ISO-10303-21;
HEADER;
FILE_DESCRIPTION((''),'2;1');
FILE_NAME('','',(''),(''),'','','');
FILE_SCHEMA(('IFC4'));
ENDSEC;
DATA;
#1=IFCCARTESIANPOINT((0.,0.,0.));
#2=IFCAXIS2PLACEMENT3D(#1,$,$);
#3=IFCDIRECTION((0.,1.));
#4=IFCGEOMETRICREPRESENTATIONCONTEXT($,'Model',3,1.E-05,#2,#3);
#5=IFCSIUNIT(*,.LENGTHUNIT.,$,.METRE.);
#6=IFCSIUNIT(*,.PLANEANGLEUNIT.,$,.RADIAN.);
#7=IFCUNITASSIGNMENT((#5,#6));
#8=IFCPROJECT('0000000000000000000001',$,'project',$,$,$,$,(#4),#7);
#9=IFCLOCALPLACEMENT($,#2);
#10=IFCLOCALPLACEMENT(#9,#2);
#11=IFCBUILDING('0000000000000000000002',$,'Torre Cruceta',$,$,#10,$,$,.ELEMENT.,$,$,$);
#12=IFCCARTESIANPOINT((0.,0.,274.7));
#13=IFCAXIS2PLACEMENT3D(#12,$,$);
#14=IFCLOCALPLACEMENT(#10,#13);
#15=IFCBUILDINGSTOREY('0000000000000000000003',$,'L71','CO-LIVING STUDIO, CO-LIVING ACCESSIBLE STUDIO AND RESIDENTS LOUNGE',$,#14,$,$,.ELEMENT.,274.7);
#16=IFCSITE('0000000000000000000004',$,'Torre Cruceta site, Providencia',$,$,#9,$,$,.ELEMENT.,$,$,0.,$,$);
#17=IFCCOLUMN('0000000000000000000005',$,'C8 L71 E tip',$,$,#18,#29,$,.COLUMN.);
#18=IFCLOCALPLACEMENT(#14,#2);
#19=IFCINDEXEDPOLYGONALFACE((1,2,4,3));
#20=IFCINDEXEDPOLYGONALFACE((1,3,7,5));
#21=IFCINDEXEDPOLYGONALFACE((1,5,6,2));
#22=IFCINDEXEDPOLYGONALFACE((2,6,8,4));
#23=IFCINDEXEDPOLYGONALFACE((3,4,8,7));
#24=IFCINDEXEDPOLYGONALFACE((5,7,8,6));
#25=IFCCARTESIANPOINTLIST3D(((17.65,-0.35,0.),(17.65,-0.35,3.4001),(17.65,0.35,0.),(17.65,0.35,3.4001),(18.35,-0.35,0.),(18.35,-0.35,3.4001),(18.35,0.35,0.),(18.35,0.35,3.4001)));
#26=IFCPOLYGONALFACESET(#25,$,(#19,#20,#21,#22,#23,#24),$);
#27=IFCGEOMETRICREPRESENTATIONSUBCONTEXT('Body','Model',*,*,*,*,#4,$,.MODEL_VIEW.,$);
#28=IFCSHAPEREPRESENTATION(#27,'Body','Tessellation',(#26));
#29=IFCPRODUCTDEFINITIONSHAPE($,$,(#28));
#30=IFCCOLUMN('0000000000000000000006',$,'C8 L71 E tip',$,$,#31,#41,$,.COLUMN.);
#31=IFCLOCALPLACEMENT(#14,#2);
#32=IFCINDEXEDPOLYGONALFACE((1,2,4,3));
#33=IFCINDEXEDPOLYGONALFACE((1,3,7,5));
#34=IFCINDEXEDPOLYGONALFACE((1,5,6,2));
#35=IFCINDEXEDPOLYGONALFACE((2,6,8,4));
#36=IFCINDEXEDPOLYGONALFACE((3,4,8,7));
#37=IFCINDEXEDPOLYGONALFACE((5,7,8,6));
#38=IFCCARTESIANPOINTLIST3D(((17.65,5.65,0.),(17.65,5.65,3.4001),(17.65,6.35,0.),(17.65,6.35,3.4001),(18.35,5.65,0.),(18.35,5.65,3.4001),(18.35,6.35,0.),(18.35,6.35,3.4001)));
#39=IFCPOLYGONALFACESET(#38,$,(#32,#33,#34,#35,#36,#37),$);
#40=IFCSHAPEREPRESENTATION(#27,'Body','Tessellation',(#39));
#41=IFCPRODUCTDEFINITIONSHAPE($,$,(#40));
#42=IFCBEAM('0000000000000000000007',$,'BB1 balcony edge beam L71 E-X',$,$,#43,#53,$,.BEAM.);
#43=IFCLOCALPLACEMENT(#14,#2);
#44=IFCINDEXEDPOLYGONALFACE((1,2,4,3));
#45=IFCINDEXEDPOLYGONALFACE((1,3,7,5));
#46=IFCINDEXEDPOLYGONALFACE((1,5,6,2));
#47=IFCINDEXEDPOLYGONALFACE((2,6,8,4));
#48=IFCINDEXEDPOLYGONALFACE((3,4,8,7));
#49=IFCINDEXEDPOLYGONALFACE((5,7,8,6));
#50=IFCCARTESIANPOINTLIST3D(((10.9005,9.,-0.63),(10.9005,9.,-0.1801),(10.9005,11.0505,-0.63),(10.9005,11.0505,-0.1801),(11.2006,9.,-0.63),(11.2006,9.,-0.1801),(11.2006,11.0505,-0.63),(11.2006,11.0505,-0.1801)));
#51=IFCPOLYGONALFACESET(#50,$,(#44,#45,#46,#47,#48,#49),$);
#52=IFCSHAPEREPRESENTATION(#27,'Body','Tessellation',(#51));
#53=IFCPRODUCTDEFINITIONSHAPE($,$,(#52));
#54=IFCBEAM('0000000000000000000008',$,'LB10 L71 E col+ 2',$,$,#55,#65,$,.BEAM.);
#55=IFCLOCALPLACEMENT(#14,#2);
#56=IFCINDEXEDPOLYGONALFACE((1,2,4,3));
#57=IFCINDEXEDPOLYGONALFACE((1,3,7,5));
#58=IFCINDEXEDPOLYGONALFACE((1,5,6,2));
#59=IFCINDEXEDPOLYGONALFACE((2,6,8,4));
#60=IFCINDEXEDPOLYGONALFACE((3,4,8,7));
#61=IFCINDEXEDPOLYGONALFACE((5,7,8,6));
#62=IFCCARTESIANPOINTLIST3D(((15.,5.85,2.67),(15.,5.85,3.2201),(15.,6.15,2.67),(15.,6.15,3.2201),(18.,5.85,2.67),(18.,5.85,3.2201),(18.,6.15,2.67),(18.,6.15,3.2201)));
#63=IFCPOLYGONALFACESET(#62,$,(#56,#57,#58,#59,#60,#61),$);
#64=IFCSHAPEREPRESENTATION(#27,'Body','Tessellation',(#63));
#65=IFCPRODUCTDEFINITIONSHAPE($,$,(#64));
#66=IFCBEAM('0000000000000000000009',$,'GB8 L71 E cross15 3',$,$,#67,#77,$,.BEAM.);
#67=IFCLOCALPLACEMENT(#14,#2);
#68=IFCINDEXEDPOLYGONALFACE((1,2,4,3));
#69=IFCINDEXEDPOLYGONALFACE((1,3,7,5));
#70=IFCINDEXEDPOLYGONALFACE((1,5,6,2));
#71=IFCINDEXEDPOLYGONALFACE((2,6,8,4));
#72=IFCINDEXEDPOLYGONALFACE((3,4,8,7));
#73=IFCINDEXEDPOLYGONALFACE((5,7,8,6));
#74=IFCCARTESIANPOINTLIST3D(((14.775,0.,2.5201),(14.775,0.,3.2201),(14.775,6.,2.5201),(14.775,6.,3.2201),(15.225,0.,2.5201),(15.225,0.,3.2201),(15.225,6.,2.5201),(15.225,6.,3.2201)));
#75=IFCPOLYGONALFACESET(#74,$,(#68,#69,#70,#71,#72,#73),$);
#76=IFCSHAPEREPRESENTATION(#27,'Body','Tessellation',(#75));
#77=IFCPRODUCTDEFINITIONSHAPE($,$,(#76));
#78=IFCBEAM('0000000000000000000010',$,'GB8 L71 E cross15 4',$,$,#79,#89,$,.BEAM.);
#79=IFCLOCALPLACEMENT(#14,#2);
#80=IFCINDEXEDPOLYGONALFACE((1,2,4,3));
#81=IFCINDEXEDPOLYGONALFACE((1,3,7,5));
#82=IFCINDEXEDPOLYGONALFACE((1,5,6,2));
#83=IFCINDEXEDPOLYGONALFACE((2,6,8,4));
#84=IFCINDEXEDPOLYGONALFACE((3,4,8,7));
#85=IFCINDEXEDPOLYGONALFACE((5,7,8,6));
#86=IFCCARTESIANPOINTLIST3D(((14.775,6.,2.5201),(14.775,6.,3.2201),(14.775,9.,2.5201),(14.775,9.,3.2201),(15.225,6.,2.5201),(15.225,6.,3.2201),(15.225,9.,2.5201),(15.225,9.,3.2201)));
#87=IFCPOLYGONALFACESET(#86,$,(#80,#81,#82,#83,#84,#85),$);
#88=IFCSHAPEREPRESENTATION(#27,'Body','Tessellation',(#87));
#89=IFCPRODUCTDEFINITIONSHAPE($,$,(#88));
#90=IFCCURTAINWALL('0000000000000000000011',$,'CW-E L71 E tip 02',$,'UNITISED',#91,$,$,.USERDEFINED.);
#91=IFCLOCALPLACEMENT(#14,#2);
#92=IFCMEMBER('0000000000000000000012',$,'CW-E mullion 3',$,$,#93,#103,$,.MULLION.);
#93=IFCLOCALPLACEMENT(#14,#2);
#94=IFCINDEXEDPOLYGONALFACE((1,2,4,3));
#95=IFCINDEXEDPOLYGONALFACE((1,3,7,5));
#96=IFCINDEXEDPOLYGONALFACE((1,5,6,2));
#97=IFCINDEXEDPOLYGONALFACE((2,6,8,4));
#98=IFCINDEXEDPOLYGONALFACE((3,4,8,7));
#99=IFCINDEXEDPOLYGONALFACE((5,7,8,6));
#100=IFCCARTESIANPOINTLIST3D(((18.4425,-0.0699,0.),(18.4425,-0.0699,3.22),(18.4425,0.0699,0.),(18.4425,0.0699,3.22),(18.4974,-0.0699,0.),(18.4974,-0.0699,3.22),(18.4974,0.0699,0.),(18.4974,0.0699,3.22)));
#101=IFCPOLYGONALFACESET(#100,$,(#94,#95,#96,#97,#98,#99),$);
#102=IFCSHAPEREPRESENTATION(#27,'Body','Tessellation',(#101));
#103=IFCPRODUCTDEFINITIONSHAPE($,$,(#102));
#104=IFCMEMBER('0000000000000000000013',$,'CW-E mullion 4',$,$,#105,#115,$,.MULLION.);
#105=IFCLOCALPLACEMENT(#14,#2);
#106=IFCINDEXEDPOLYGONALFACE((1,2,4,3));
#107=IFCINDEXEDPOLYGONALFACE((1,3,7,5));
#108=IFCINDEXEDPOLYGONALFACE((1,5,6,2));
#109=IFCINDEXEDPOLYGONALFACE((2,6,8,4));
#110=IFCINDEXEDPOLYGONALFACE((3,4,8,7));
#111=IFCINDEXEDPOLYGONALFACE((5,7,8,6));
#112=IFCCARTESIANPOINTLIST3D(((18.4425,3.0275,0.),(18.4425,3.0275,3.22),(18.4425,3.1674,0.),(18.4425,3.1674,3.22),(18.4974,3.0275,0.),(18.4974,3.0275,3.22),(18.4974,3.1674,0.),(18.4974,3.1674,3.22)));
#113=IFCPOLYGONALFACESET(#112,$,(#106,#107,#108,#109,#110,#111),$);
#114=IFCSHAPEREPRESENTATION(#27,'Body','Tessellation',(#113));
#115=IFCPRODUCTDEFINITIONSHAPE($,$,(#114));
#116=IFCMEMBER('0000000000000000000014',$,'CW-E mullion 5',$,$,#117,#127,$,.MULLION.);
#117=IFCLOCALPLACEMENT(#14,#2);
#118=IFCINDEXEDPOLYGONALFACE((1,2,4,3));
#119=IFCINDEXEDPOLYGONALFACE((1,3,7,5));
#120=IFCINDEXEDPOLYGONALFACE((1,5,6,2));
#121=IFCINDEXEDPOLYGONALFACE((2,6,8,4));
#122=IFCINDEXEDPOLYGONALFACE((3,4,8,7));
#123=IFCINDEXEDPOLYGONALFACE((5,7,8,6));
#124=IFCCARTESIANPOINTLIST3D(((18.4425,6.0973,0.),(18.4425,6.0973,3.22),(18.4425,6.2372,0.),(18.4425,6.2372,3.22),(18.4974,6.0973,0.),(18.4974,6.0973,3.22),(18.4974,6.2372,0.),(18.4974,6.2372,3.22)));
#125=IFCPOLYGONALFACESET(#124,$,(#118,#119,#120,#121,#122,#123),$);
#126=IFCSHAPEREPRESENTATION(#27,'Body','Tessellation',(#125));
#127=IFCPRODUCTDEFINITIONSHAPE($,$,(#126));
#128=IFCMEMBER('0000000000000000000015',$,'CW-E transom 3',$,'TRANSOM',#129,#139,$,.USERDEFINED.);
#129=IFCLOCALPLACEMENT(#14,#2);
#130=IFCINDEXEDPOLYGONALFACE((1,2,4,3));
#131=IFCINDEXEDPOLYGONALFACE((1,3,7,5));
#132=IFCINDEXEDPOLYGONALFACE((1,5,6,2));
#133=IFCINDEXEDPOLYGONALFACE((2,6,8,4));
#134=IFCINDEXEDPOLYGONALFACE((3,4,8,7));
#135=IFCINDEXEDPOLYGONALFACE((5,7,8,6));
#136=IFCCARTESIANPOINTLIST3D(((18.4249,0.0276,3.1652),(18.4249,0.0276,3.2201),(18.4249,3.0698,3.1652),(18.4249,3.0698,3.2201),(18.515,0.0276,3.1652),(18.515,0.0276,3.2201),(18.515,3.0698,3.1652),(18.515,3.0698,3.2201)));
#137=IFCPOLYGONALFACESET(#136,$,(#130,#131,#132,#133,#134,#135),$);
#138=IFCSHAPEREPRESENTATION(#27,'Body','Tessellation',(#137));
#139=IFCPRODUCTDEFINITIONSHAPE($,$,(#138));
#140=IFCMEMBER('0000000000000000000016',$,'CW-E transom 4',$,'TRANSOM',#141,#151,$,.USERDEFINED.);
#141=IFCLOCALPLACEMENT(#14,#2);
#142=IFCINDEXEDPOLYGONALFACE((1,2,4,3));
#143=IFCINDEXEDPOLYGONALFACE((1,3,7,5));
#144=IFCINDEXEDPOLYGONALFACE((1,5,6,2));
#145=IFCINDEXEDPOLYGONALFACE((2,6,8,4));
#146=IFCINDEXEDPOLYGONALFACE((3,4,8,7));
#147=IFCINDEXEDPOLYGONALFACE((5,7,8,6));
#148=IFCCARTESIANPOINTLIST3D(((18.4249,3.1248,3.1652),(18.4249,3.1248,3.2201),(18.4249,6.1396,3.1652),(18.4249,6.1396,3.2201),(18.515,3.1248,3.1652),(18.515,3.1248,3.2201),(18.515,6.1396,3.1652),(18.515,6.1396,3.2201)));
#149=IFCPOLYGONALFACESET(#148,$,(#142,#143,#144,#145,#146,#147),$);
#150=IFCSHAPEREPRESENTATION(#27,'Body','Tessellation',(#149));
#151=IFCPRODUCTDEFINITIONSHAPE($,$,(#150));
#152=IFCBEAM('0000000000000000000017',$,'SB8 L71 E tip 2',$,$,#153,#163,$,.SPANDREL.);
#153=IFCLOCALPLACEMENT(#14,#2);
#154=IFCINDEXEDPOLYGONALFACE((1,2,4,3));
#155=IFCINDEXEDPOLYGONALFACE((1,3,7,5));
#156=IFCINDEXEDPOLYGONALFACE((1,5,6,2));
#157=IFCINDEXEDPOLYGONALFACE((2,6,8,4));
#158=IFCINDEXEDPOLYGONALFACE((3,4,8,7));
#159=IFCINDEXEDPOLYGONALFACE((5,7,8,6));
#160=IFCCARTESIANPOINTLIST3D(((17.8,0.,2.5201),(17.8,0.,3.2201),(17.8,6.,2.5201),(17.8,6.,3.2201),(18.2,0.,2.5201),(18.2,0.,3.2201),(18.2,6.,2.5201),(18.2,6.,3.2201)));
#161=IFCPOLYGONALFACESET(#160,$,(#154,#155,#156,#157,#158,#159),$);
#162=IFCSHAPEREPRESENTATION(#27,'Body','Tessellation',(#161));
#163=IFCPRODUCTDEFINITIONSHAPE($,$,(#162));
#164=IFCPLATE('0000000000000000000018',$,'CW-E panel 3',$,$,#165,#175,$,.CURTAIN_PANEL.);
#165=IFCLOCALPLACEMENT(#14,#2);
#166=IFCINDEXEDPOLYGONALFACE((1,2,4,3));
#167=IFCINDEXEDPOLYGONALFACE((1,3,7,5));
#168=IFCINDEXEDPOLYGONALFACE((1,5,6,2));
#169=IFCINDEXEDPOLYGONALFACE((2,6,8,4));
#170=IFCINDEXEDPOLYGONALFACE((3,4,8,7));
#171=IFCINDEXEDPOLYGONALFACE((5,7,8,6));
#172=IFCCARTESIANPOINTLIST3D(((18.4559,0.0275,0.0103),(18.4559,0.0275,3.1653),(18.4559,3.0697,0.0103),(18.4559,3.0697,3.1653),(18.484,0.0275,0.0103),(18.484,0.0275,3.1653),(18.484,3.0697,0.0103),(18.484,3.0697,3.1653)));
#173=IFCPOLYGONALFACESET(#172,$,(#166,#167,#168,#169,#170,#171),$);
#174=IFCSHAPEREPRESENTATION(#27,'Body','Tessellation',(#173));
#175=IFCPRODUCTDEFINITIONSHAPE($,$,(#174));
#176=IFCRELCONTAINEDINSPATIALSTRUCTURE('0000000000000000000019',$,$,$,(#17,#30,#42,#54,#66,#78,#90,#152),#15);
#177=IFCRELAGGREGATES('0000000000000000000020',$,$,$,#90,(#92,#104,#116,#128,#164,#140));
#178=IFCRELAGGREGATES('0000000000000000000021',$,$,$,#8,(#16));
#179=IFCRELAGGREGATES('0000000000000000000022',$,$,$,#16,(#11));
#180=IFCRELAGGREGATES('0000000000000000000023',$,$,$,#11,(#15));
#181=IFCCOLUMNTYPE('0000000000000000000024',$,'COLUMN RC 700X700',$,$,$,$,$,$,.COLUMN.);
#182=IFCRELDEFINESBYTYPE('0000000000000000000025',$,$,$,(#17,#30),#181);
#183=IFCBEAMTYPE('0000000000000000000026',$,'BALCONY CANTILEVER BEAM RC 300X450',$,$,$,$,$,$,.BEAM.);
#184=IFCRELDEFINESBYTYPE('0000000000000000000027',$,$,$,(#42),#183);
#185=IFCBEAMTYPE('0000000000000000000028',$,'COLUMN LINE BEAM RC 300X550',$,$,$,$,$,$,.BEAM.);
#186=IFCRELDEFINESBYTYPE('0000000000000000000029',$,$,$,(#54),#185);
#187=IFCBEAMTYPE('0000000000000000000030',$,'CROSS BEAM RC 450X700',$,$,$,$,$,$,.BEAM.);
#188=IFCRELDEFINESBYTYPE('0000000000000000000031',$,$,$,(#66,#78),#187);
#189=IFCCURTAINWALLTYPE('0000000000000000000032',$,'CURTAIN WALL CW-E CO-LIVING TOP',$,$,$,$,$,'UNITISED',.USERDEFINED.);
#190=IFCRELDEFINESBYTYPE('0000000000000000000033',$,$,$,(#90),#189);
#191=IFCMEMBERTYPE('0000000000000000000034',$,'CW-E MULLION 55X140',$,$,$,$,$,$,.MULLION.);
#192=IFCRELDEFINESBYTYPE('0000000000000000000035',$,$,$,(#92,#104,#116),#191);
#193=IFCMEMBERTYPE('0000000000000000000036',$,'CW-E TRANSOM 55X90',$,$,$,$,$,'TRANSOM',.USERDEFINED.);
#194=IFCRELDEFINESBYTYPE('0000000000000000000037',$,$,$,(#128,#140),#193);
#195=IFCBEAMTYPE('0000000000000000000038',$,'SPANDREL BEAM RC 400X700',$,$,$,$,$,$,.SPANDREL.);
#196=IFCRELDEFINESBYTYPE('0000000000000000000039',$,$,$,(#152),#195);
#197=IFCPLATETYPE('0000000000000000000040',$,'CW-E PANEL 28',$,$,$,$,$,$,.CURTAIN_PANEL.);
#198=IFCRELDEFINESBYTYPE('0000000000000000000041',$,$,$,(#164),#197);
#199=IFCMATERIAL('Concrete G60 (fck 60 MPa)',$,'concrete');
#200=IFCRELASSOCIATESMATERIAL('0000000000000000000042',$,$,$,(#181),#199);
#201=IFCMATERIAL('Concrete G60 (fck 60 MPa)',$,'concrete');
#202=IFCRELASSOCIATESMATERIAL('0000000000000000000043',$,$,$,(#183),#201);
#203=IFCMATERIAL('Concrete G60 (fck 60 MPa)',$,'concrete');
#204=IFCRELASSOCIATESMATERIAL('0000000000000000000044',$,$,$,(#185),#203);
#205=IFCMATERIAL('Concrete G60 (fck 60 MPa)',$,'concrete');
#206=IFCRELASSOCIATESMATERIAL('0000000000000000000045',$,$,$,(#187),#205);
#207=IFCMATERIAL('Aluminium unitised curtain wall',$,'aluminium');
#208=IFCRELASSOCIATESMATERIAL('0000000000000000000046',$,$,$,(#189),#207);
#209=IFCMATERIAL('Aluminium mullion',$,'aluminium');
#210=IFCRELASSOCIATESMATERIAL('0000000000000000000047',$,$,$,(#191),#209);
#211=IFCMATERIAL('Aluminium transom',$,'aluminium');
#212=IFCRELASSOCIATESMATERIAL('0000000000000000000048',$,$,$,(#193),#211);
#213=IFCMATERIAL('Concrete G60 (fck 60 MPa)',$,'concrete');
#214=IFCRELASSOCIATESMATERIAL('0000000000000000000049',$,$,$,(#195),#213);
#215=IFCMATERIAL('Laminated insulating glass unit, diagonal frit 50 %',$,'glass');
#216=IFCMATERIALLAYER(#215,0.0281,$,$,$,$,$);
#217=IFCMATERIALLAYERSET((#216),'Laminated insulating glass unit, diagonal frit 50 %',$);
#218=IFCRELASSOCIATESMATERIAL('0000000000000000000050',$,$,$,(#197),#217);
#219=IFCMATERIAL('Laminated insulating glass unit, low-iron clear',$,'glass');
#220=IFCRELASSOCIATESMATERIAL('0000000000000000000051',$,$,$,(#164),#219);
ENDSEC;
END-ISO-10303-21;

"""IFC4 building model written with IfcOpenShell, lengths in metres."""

from ifc_helpers import new_model, si_unit, direction, frame, origin, origin_2d, place, context, subcontext, project, spatial, rectangle, extrude, material, layer, layer_set, material_profile, profile_set, type_object, element, aggregate, save


model = new_model("IFC4")

# Units and contexts
model_context = context("Model", 3, precision=1e-05, world=origin(), true_north=direction((0.0, 1.0)))
body_context = subcontext(model_context, "Body", "Model", "MODEL_VIEW")
ifc_project = project(units=[si_unit("LENGTHUNIT", "METRE"), si_unit("PLANEANGLEUNIT", "RADIAN")], contexts=[model_context])

# Site, building, storey
site_placement = place(None, origin())
site = spatial("IfcSite", under=ifc_project, at=site_placement, Name="Torre Cruceta site, Providencia", CompositionType="ELEMENT", RefElevation=0.0)
building_placement = place(site_placement, origin())
building = spatial("IfcBuilding", under=site, at=building_placement, Name="Torre Cruceta", CompositionType="ELEMENT")
storey_placement = place(building_placement, frame((0.0, 0.0, 274.7)))
storey = spatial("IfcBuildingStorey", under=building, at=storey_placement, Name="L71", Description="CO-LIVING STUDIO, CO-LIVING ACCESSIBLE STUDIO AND RESIDENTS LOUNGE", CompositionType="ELEMENT", Elevation=274.7)

# Columns
ifc_material_1 = material(Name="Concrete G60 (fck 60 MPa)", Category="concrete")
ifc_material_profile_1 = material_profile(ifc_material_1, rectangle(XDim=0.7, YDim=0.7, at=origin_2d()), Name="RC 700X700")
ifc_profile_set_1 = profile_set([ifc_material_profile_1], Name="Concrete G60 (fck 60 MPa)")
column_type = type_object("IfcColumnType", Name="COLUMN RC 700X700", PredefinedType="COLUMN", material=ifc_profile_set_1)
for number, where, z_axis, x_axis, name in (
    (1, (18.0, 0.0, 0.0), (0.0, 0.0, 1.0), (1.0, 0.0, 0.0), "C8 L71 E tip"),
    (2, (18.0, 6.0, 0.0), (0.0, 0.0, 1.0), (1.0, 0.0, 0.0), "C8 L71 E tip"),
):
    element("IfcColumn", number, at=place(storey_placement, frame(where, z_axis=z_axis, x_axis=x_axis)), inside=storey, type_object=column_type, Name=name, PredefinedType="COLUMN", context=body_context, shape_type="SweptSolid", body=[
        extrude(rectangle(XDim=0.7, YDim=0.7, at=origin_2d()), origin(), (0.0, 0.0, 1.0), 3.4001),
    ])

# Beams
ifc_material_2 = material(Name="Concrete G60 (fck 60 MPa)", Category="concrete")
ifc_material_profile_2 = material_profile(ifc_material_2, rectangle(XDim=0.3, YDim=0.45, at=origin_2d()), Name="RC 300X450")
ifc_profile_set_2 = profile_set([ifc_material_profile_2], Name="Concrete G60 (fck 60 MPa)")
beam_type_1 = type_object("IfcBeamType", Name="BALCONY CANTILEVER BEAM RC 300X450", PredefinedType="BEAM", material=ifc_profile_set_2)
beam_1_placement = place(storey_placement, frame((11.0505, 9.0, -0.405), z_axis=(0.0, 1.0, 0.0), x_axis=(-1.0, 0.0, 0.0)))
element("IfcBeam", 3, at=beam_1_placement, inside=storey, type_object=beam_type_1, Name="BB1 balcony edge beam L71 E-X", PredefinedType="BEAM", context=body_context, shape_type="SweptSolid", body=[
    extrude(rectangle(XDim=0.3, YDim=0.45, at=origin_2d()), origin(), (0.0, 0.0, 1.0), 2.0505),
])
ifc_material_3 = material(Name="Concrete G60 (fck 60 MPa)", Category="concrete")
ifc_material_profile_3 = material_profile(ifc_material_3, rectangle(XDim=0.3, YDim=0.55, at=origin_2d()), Name="RC 300X550")
ifc_profile_set_3 = profile_set([ifc_material_profile_3], Name="Concrete G60 (fck 60 MPa)")
beam_type_2 = type_object("IfcBeamType", Name="COLUMN LINE BEAM RC 300X550", PredefinedType="BEAM", material=ifc_profile_set_3)
beam_2_placement = place(storey_placement, frame((15.0, 6.0, 2.9451), z_axis=(1.0, 0.0, 0.0), x_axis=(0.0, 1.0, 0.0)))
element("IfcBeam", 4, at=beam_2_placement, inside=storey, type_object=beam_type_2, Name="LB10 L71 E col+ 2", PredefinedType="BEAM", context=body_context, shape_type="SweptSolid", body=[
    extrude(rectangle(XDim=0.3, YDim=0.55, at=origin_2d()), origin(), (0.0, 0.0, 1.0), 3.0),
])
ifc_material_4 = material(Name="Concrete G60 (fck 60 MPa)", Category="concrete")
ifc_material_profile_4 = material_profile(ifc_material_4, rectangle(XDim=0.45, YDim=0.7, at=origin_2d()), Name="RC 450X700")
ifc_profile_set_4 = profile_set([ifc_material_profile_4], Name="Concrete G60 (fck 60 MPa)")
beam_type_3 = type_object("IfcBeamType", Name="CROSS BEAM RC 450X700", PredefinedType="BEAM", material=ifc_profile_set_4)
beam_3_placement = place(storey_placement, frame((15.0, 0.0, 2.8701), z_axis=(0.0, 1.0, 0.0), x_axis=(-1.0, 0.0, 0.0)))
element("IfcBeam", 5, at=beam_3_placement, inside=storey, type_object=beam_type_3, Name="GB8 L71 E cross15 3", PredefinedType="BEAM", context=body_context, shape_type="SweptSolid", body=[
    extrude(rectangle(XDim=0.45, YDim=0.7, at=origin_2d()), origin(), (0.0, 0.0, 1.0), 6.0),
])
beam_4_placement = place(storey_placement, frame((15.0, 6.0, 2.8701), z_axis=(0.0, 1.0, 0.0), x_axis=(-1.0, 0.0, 0.0)))
element("IfcBeam", 6, at=beam_4_placement, inside=storey, type_object=beam_type_3, Name="GB8 L71 E cross15 4", PredefinedType="BEAM", context=body_context, shape_type="SweptSolid", body=[
    extrude(rectangle(XDim=0.45, YDim=0.7, at=origin_2d()), origin(), (0.0, 0.0, 1.0), 3.0),
])

# Curtain wall, members
ifc_material_5 = material(Name="Aluminium unitised curtain wall", Category="aluminium")
curtain_wall_type = type_object("IfcCurtainWallType", Name="CURTAIN WALL CW-E CO-LIVING TOP", ElementType="UNITISED", PredefinedType="USERDEFINED", material=ifc_material_5)
curtain_wall_placement = place(storey_placement, origin())
curtain_wall = element("IfcCurtainWall", 7, at=curtain_wall_placement, inside=storey, type_object=curtain_wall_type, Name="CW-E L71 E tip 02", ObjectType="UNITISED", PredefinedType="USERDEFINED")
ifc_material_6 = material(Name="Aluminium mullion", Category="aluminium")
ifc_material_profile_5 = material_profile(ifc_material_6, rectangle(XDim=0.0549, YDim=0.1399, at=origin_2d()), Name="AL 55X140")
ifc_profile_set_5 = profile_set([ifc_material_profile_5], Name="Aluminium mullion")
member_type_1 = type_object("IfcMemberType", Name="CW-E MULLION 55X140", PredefinedType="MULLION", material=ifc_profile_set_5)
member_1_placement = place(storey_placement, frame((18.47, 0.0, 0.0), z_axis=(0.0, 0.0, 1.0), x_axis=(-1.0, 0.0, 0.0)))
member_1 = element("IfcMember", 8, at=member_1_placement, type_object=member_type_1, Name="CW-E mullion 3", PredefinedType="MULLION", context=body_context, shape_type="SweptSolid", body=[
    extrude(rectangle(XDim=0.0549, YDim=0.1399, at=origin_2d()), origin(), (0.0, 0.0, 1.0), 3.22),
])
member_2_placement = place(storey_placement, frame((18.47, 3.0974, 0.0), z_axis=(0.0, 0.0, 1.0), x_axis=(-1.0, 0.0, 0.0)))
member_2 = element("IfcMember", 9, at=member_2_placement, type_object=member_type_1, Name="CW-E mullion 4", PredefinedType="MULLION", context=body_context, shape_type="SweptSolid", body=[
    extrude(rectangle(XDim=0.0549, YDim=0.1399, at=origin_2d()), origin(), (0.0, 0.0, 1.0), 3.22),
])
member_3_placement = place(storey_placement, frame((18.47, 6.1672, 0.0), z_axis=(0.0, 0.0, 1.0), x_axis=(-1.0, 0.0, 0.0)))
member_3 = element("IfcMember", 10, at=member_3_placement, type_object=member_type_1, Name="CW-E mullion 5", PredefinedType="MULLION", context=body_context, shape_type="SweptSolid", body=[
    extrude(rectangle(XDim=0.0549, YDim=0.1399, at=origin_2d()), origin(), (0.0, 0.0, 1.0), 3.22),
])
ifc_material_7 = material(Name="Aluminium transom", Category="aluminium")
ifc_material_profile_6 = material_profile(ifc_material_7, rectangle(XDim=0.0901, YDim=0.0549, at=origin_2d()), Name="AL 90X55")
ifc_profile_set_6 = profile_set([ifc_material_profile_6], Name="Aluminium transom")
member_type_2 = type_object("IfcMemberType", Name="CW-E TRANSOM 55X90", ElementType="TRANSOM", PredefinedType="USERDEFINED", material=ifc_profile_set_6)
member_4_placement = place(storey_placement, frame((18.47, 0.0276, 3.1926), z_axis=(0.0, 1.0, 0.0), x_axis=(-1.0, 0.0, 0.0)))
member_4 = element("IfcMember", 11, at=member_4_placement, type_object=member_type_2, Name="CW-E transom 3", ObjectType="TRANSOM", PredefinedType="USERDEFINED", context=body_context, shape_type="SweptSolid", body=[
    extrude(rectangle(XDim=0.0901, YDim=0.0549, at=origin_2d()), origin(), (0.0, 0.0, 1.0), 3.0422),
])
member_5_placement = place(storey_placement, frame((18.47, 3.1248, 3.1926), z_axis=(0.0, 1.0, 0.0), x_axis=(-1.0, 0.0, 0.0)))
member_5 = element("IfcMember", 12, at=member_5_placement, type_object=member_type_2, Name="CW-E transom 4", ObjectType="TRANSOM", PredefinedType="USERDEFINED", context=body_context, shape_type="SweptSolid", body=[
    extrude(rectangle(XDim=0.0901, YDim=0.0549, at=origin_2d()), origin(), (0.0, 0.0, 1.0), 3.0149),
])

# Beam
ifc_material_8 = material(Name="Concrete G60 (fck 60 MPa)", Category="concrete")
ifc_material_profile_7 = material_profile(ifc_material_8, rectangle(XDim=0.3999, YDim=0.7, at=origin_2d()), Name="RC 400X700")
ifc_profile_set_7 = profile_set([ifc_material_profile_7], Name="Concrete G60 (fck 60 MPa)")
beam_type_4 = type_object("IfcBeamType", Name="SPANDREL BEAM RC 400X700", PredefinedType="SPANDREL", material=ifc_profile_set_7)
beam_5_placement = place(storey_placement, frame((18.0, 0.0, 2.8701), z_axis=(0.0, 1.0, 0.0), x_axis=(-1.0, 0.0, 0.0)))
element("IfcBeam", 13, at=beam_5_placement, inside=storey, type_object=beam_type_4, Name="SB8 L71 E tip 2", PredefinedType="SPANDREL", context=body_context, shape_type="SweptSolid", body=[
    extrude(rectangle(XDim=0.3999, YDim=0.7, at=origin_2d()), origin(), (0.0, 0.0, 1.0), 6.0),
])

# Plate
ifc_material_9 = material(Name="Laminated insulating glass unit, low-iron clear", Category="glass")
ifc_material_10 = material(Name="Laminated insulating glass unit, diagonal frit 50 %", Category="glass")
ifc_layer_1 = layer(ifc_material_10, 0.0281)
ifc_layer_set_1 = layer_set([ifc_layer_1], Name="Laminated insulating glass unit, diagonal frit 50 %")
plate_type = type_object("IfcPlateType", Name="CW-E PANEL 28", PredefinedType="CURTAIN_PANEL", material=ifc_layer_set_1)
plate_1_placement = place(storey_placement, frame((18.47, 1.5486, 0.0103), z_axis=(0.0, 0.0, 1.0), x_axis=(0.0, 1.0, 0.0)))
plate_1 = element("IfcPlate", 14, at=plate_1_placement, type_object=plate_type, material=ifc_material_9, Name="CW-E panel 3", PredefinedType="CURTAIN_PANEL", context=body_context, shape_type="SweptSolid", body=[
    extrude(rectangle(XDim=3.0422, YDim=0.0281, at=origin_2d()), origin(), (0.0, 0.0, 1.0), 3.155),
])
aggregate(curtain_wall, [member_1, member_2, member_3, member_4, plate_1, member_5])

save(model, "model.ifc")
